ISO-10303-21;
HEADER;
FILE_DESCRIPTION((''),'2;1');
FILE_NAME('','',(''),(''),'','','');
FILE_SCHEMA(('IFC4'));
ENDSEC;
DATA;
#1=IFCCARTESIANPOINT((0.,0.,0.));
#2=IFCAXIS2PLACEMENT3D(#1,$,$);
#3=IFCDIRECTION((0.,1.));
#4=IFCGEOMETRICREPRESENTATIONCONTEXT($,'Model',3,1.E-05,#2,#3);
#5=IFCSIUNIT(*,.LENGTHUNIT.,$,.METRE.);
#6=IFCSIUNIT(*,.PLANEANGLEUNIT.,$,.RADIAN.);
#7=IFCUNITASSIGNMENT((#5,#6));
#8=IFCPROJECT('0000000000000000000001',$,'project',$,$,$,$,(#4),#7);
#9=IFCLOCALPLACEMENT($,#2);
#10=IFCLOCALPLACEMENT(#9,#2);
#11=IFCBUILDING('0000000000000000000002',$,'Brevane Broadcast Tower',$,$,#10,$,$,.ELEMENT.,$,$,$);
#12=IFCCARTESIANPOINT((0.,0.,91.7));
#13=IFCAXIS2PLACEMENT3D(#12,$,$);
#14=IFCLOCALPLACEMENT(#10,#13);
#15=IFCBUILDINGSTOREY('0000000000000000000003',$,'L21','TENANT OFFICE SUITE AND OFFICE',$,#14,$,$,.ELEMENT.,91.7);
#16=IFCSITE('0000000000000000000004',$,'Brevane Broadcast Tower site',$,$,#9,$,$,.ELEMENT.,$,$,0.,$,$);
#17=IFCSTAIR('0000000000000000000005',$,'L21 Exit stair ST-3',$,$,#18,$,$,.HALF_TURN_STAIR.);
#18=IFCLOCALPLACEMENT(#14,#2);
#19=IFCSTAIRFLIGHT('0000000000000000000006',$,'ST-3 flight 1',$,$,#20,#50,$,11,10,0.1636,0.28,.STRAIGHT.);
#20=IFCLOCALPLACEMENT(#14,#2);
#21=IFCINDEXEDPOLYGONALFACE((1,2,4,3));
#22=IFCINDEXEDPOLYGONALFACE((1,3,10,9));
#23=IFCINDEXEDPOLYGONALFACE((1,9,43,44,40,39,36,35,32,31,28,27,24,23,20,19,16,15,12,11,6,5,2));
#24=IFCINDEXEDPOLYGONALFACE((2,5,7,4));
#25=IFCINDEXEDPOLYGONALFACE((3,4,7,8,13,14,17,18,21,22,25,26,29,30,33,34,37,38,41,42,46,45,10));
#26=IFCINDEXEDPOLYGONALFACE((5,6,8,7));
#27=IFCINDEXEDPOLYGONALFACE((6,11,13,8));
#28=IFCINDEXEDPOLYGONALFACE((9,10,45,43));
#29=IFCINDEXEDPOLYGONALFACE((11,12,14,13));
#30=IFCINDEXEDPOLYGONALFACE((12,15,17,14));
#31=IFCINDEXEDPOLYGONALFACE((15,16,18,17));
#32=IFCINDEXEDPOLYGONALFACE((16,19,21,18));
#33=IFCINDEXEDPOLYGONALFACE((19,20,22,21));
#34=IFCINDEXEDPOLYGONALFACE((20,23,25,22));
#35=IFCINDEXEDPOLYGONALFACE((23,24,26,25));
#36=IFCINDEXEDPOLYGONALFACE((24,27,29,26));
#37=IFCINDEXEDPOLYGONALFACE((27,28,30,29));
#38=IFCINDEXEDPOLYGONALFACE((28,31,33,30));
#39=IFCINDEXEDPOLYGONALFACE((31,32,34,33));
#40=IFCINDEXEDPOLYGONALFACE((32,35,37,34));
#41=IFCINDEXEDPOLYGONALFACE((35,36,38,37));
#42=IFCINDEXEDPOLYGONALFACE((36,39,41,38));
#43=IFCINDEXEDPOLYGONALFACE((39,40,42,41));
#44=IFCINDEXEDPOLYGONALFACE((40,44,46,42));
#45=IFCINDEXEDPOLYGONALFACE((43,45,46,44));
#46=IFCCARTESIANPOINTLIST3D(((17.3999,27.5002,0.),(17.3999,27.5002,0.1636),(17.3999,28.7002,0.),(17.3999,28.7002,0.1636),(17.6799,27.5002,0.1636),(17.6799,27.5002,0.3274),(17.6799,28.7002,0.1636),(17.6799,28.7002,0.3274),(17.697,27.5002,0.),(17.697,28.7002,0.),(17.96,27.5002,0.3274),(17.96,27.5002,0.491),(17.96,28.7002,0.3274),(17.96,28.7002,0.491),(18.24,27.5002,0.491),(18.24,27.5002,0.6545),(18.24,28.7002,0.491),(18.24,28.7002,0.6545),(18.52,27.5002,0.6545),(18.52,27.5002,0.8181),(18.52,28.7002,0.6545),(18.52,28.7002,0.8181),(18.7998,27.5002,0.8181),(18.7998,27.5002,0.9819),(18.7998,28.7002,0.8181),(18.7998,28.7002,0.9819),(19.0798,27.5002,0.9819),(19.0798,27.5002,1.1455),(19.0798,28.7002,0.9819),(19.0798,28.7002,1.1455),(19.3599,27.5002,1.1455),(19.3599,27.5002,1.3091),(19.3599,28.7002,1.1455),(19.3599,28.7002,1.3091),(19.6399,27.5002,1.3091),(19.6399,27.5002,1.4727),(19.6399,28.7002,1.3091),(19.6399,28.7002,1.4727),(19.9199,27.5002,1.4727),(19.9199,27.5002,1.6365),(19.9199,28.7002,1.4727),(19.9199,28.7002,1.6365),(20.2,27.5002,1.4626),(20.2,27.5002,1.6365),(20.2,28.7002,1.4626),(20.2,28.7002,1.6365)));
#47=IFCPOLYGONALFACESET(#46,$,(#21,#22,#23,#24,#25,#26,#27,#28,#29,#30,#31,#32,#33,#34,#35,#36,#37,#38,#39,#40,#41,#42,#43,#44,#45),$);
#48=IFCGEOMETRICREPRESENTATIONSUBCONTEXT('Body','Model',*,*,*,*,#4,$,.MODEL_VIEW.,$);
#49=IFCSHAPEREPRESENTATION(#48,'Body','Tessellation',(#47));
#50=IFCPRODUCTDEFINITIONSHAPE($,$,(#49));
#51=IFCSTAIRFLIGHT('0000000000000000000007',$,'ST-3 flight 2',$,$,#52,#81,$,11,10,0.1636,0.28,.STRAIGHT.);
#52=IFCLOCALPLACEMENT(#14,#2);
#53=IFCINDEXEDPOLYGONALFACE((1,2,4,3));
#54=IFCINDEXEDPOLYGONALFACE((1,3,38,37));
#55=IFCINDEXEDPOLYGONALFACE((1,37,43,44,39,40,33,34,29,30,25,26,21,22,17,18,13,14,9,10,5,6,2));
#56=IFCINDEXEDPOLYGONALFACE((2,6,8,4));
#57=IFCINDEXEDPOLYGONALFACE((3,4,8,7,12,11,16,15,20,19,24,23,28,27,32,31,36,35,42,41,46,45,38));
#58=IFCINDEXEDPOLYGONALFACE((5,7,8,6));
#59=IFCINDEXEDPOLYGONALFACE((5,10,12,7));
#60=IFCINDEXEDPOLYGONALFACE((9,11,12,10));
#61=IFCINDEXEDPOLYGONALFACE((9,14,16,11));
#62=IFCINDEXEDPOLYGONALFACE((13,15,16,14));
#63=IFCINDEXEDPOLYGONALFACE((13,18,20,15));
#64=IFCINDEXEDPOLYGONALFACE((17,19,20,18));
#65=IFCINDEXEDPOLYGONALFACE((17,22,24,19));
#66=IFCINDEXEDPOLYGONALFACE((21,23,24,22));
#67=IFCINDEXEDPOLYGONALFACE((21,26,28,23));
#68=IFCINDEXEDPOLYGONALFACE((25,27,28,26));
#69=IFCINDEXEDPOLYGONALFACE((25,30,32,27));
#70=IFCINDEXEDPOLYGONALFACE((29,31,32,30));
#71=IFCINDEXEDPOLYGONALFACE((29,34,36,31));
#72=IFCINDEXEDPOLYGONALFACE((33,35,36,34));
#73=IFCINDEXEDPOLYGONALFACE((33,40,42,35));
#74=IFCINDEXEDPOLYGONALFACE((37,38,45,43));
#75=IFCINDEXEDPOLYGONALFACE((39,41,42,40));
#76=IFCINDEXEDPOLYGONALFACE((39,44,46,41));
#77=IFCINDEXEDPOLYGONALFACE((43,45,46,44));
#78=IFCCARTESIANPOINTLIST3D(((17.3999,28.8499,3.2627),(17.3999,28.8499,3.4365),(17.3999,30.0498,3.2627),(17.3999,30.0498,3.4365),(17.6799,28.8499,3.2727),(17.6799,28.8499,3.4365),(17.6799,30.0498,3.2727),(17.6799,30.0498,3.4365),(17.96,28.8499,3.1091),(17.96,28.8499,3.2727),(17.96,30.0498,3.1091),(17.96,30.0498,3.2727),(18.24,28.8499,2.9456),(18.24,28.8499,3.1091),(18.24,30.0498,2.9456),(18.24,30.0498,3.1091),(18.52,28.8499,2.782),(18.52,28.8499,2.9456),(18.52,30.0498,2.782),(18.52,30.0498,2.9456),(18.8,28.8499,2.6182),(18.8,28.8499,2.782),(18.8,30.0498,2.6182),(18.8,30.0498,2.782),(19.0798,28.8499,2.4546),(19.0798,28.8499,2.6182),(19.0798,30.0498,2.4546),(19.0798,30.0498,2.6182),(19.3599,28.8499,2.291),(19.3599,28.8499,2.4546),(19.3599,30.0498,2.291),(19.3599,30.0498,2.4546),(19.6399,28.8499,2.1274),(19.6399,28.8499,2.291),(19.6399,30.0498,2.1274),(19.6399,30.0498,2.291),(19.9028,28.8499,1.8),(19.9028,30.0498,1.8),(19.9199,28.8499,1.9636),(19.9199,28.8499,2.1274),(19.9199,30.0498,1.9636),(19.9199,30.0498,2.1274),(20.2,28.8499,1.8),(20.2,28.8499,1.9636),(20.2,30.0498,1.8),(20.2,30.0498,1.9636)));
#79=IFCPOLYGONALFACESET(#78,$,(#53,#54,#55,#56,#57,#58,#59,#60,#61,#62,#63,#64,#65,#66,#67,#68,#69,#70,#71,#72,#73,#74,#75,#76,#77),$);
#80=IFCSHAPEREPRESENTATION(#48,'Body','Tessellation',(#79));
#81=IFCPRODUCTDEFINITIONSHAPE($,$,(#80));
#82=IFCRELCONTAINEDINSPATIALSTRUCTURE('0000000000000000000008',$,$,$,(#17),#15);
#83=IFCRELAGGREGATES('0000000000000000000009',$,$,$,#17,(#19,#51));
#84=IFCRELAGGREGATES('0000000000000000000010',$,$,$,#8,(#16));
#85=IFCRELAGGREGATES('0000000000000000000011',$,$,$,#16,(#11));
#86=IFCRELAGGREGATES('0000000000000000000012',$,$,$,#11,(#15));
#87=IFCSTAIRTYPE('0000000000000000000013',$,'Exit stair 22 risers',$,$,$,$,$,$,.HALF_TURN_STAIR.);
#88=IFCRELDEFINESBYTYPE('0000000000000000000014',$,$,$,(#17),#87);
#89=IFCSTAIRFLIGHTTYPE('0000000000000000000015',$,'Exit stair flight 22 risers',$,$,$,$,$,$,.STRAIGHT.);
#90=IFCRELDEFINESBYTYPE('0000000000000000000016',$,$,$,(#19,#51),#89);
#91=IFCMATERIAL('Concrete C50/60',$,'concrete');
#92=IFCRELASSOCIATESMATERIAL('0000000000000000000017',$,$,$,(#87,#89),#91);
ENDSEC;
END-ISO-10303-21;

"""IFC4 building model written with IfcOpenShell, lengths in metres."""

from ifc_helpers import new_model, si_unit, direction, frame, origin, place, context, subcontext, project, spatial, polyline, outline, extrude, material, type_object, element, aggregate, save


model = new_model("IFC4")

# Units and contexts
model_context = context("Model", 3, precision=1e-05, world=origin(), true_north=direction((0.0, 1.0)))
body_context = subcontext(model_context, "Body", "Model", "MODEL_VIEW")
ifc_project = project(units=[si_unit("LENGTHUNIT", "METRE"), si_unit("PLANEANGLEUNIT", "RADIAN")], contexts=[model_context])

# Site, building, storey
site_placement = place(None, origin())
site = spatial("IfcSite", under=ifc_project, at=site_placement, Name="Brevane Broadcast Tower site", CompositionType="ELEMENT", RefElevation=0.0)
building_placement = place(site_placement, origin())
building = spatial("IfcBuilding", under=site, at=building_placement, Name="Brevane Broadcast Tower", CompositionType="ELEMENT")
storey_placement = place(building_placement, frame((0.0, 0.0, 91.7)))
storey = spatial("IfcBuildingStorey", under=building, at=storey_placement, Name="L21", Description="TENANT OFFICE SUITE AND OFFICE", CompositionType="ELEMENT", Elevation=91.7)

# Stair, stair flights
ifc_material_1 = material(Name="Concrete C50/60", Category="concrete")
stair_type = type_object("IfcStairType", Name="Exit stair 22 risers", PredefinedType="HALF_TURN_STAIR", material=ifc_material_1)
stair_placement = place(storey_placement, origin())
stair = element("IfcStair", 1, at=stair_placement, inside=storey, type_object=stair_type, Name="L21 Exit stair ST-3", PredefinedType="HALF_TURN_STAIR")
stair_flight_type = type_object("IfcStairFlightType", Name="Exit stair flight 22 risers", PredefinedType="STRAIGHT", material=ifc_material_1)
stair_flight_1_placement = place(storey_placement, frame((17.3999, 28.1001, 0.0), z_axis=(0.0, 0.0, 1.0), x_axis=(1.0, 0.0, 0.0)))
stair_flight_1 = element("IfcStairFlight", 2, at=stair_flight_1_placement, type_object=stair_flight_type, Name="ST-3 flight 1", NumberOfRisers=11, NumberOfTreads=10, PredefinedType="STRAIGHT", RiserHeight=0.1636, TreadLength=0.28, context=body_context, shape_type="SweptSolid", body=[
    extrude(outline(polyline([(0.0, 0.0), (0.0, 0.1636), (0.28, 0.1636), (0.28, 0.3274), (0.5601, 0.3274), (0.5601, 0.491), (0.8401, 0.491), (0.8401, 0.6545), (1.1201, 0.6545), (1.1201, 0.8181), (1.3999, 0.8181), (1.3999, 0.9819), (1.6799, 0.9819), (1.6799, 1.1455), (1.96, 1.1455), (1.96, 1.3091), (2.24, 1.3091), (2.24, 1.4727), (2.52, 1.4727), (2.52, 1.6365), (2.8, 1.6365), (2.8, 1.8), (2.8, 1.4626), (0.2971, 0.0), (0.0, 0.0)])), frame((0.0, 0.6001, 0.0), z_axis=(0.0, -1.0, 0.0), x_axis=(1.0, 0.0, 0.0)), (0.0, 0.0, 1.0), 1.2),
])
stair_flight_2_placement = place(storey_placement, frame((20.2, 29.45, 1.8), z_axis=(0.0, 0.0, 1.0), x_axis=(-1.0, 0.0, 0.0)))
stair_flight_2 = element("IfcStairFlight", 3, at=stair_flight_2_placement, type_object=stair_flight_type, Name="ST-3 flight 2", NumberOfRisers=11, NumberOfTreads=10, PredefinedType="STRAIGHT", RiserHeight=0.1636, TreadLength=0.28, context=body_context, shape_type="SweptSolid", body=[
    extrude(outline(polyline([(0.0, 0.0), (0.0, 0.1636), (0.28, 0.1636), (0.28, 0.3274), (0.5601, 0.3274), (0.5601, 0.491), (0.8401, 0.491), (0.8401, 0.6545), (1.1201, 0.6545), (1.1201, 0.8181), (1.3999, 0.8181), (1.3999, 0.9819), (1.6799, 0.9819), (1.6799, 1.1455), (1.96, 1.1455), (1.96, 1.3091), (2.24, 1.3091), (2.24, 1.4727), (2.52, 1.4727), (2.52, 1.6365), (2.8, 1.6365), (2.8, 1.8), (2.8, 1.4626), (0.2971, 0.0), (0.0, 0.0)])), frame((0.0, 0.6001, 0.0), z_axis=(0.0, -1.0, 0.0), x_axis=(1.0, 0.0, 0.0)), (0.0, 0.0, 1.0), 1.2),
])
aggregate(stair, [stair_flight_1, stair_flight_2])

save(model, "model.ifc")
